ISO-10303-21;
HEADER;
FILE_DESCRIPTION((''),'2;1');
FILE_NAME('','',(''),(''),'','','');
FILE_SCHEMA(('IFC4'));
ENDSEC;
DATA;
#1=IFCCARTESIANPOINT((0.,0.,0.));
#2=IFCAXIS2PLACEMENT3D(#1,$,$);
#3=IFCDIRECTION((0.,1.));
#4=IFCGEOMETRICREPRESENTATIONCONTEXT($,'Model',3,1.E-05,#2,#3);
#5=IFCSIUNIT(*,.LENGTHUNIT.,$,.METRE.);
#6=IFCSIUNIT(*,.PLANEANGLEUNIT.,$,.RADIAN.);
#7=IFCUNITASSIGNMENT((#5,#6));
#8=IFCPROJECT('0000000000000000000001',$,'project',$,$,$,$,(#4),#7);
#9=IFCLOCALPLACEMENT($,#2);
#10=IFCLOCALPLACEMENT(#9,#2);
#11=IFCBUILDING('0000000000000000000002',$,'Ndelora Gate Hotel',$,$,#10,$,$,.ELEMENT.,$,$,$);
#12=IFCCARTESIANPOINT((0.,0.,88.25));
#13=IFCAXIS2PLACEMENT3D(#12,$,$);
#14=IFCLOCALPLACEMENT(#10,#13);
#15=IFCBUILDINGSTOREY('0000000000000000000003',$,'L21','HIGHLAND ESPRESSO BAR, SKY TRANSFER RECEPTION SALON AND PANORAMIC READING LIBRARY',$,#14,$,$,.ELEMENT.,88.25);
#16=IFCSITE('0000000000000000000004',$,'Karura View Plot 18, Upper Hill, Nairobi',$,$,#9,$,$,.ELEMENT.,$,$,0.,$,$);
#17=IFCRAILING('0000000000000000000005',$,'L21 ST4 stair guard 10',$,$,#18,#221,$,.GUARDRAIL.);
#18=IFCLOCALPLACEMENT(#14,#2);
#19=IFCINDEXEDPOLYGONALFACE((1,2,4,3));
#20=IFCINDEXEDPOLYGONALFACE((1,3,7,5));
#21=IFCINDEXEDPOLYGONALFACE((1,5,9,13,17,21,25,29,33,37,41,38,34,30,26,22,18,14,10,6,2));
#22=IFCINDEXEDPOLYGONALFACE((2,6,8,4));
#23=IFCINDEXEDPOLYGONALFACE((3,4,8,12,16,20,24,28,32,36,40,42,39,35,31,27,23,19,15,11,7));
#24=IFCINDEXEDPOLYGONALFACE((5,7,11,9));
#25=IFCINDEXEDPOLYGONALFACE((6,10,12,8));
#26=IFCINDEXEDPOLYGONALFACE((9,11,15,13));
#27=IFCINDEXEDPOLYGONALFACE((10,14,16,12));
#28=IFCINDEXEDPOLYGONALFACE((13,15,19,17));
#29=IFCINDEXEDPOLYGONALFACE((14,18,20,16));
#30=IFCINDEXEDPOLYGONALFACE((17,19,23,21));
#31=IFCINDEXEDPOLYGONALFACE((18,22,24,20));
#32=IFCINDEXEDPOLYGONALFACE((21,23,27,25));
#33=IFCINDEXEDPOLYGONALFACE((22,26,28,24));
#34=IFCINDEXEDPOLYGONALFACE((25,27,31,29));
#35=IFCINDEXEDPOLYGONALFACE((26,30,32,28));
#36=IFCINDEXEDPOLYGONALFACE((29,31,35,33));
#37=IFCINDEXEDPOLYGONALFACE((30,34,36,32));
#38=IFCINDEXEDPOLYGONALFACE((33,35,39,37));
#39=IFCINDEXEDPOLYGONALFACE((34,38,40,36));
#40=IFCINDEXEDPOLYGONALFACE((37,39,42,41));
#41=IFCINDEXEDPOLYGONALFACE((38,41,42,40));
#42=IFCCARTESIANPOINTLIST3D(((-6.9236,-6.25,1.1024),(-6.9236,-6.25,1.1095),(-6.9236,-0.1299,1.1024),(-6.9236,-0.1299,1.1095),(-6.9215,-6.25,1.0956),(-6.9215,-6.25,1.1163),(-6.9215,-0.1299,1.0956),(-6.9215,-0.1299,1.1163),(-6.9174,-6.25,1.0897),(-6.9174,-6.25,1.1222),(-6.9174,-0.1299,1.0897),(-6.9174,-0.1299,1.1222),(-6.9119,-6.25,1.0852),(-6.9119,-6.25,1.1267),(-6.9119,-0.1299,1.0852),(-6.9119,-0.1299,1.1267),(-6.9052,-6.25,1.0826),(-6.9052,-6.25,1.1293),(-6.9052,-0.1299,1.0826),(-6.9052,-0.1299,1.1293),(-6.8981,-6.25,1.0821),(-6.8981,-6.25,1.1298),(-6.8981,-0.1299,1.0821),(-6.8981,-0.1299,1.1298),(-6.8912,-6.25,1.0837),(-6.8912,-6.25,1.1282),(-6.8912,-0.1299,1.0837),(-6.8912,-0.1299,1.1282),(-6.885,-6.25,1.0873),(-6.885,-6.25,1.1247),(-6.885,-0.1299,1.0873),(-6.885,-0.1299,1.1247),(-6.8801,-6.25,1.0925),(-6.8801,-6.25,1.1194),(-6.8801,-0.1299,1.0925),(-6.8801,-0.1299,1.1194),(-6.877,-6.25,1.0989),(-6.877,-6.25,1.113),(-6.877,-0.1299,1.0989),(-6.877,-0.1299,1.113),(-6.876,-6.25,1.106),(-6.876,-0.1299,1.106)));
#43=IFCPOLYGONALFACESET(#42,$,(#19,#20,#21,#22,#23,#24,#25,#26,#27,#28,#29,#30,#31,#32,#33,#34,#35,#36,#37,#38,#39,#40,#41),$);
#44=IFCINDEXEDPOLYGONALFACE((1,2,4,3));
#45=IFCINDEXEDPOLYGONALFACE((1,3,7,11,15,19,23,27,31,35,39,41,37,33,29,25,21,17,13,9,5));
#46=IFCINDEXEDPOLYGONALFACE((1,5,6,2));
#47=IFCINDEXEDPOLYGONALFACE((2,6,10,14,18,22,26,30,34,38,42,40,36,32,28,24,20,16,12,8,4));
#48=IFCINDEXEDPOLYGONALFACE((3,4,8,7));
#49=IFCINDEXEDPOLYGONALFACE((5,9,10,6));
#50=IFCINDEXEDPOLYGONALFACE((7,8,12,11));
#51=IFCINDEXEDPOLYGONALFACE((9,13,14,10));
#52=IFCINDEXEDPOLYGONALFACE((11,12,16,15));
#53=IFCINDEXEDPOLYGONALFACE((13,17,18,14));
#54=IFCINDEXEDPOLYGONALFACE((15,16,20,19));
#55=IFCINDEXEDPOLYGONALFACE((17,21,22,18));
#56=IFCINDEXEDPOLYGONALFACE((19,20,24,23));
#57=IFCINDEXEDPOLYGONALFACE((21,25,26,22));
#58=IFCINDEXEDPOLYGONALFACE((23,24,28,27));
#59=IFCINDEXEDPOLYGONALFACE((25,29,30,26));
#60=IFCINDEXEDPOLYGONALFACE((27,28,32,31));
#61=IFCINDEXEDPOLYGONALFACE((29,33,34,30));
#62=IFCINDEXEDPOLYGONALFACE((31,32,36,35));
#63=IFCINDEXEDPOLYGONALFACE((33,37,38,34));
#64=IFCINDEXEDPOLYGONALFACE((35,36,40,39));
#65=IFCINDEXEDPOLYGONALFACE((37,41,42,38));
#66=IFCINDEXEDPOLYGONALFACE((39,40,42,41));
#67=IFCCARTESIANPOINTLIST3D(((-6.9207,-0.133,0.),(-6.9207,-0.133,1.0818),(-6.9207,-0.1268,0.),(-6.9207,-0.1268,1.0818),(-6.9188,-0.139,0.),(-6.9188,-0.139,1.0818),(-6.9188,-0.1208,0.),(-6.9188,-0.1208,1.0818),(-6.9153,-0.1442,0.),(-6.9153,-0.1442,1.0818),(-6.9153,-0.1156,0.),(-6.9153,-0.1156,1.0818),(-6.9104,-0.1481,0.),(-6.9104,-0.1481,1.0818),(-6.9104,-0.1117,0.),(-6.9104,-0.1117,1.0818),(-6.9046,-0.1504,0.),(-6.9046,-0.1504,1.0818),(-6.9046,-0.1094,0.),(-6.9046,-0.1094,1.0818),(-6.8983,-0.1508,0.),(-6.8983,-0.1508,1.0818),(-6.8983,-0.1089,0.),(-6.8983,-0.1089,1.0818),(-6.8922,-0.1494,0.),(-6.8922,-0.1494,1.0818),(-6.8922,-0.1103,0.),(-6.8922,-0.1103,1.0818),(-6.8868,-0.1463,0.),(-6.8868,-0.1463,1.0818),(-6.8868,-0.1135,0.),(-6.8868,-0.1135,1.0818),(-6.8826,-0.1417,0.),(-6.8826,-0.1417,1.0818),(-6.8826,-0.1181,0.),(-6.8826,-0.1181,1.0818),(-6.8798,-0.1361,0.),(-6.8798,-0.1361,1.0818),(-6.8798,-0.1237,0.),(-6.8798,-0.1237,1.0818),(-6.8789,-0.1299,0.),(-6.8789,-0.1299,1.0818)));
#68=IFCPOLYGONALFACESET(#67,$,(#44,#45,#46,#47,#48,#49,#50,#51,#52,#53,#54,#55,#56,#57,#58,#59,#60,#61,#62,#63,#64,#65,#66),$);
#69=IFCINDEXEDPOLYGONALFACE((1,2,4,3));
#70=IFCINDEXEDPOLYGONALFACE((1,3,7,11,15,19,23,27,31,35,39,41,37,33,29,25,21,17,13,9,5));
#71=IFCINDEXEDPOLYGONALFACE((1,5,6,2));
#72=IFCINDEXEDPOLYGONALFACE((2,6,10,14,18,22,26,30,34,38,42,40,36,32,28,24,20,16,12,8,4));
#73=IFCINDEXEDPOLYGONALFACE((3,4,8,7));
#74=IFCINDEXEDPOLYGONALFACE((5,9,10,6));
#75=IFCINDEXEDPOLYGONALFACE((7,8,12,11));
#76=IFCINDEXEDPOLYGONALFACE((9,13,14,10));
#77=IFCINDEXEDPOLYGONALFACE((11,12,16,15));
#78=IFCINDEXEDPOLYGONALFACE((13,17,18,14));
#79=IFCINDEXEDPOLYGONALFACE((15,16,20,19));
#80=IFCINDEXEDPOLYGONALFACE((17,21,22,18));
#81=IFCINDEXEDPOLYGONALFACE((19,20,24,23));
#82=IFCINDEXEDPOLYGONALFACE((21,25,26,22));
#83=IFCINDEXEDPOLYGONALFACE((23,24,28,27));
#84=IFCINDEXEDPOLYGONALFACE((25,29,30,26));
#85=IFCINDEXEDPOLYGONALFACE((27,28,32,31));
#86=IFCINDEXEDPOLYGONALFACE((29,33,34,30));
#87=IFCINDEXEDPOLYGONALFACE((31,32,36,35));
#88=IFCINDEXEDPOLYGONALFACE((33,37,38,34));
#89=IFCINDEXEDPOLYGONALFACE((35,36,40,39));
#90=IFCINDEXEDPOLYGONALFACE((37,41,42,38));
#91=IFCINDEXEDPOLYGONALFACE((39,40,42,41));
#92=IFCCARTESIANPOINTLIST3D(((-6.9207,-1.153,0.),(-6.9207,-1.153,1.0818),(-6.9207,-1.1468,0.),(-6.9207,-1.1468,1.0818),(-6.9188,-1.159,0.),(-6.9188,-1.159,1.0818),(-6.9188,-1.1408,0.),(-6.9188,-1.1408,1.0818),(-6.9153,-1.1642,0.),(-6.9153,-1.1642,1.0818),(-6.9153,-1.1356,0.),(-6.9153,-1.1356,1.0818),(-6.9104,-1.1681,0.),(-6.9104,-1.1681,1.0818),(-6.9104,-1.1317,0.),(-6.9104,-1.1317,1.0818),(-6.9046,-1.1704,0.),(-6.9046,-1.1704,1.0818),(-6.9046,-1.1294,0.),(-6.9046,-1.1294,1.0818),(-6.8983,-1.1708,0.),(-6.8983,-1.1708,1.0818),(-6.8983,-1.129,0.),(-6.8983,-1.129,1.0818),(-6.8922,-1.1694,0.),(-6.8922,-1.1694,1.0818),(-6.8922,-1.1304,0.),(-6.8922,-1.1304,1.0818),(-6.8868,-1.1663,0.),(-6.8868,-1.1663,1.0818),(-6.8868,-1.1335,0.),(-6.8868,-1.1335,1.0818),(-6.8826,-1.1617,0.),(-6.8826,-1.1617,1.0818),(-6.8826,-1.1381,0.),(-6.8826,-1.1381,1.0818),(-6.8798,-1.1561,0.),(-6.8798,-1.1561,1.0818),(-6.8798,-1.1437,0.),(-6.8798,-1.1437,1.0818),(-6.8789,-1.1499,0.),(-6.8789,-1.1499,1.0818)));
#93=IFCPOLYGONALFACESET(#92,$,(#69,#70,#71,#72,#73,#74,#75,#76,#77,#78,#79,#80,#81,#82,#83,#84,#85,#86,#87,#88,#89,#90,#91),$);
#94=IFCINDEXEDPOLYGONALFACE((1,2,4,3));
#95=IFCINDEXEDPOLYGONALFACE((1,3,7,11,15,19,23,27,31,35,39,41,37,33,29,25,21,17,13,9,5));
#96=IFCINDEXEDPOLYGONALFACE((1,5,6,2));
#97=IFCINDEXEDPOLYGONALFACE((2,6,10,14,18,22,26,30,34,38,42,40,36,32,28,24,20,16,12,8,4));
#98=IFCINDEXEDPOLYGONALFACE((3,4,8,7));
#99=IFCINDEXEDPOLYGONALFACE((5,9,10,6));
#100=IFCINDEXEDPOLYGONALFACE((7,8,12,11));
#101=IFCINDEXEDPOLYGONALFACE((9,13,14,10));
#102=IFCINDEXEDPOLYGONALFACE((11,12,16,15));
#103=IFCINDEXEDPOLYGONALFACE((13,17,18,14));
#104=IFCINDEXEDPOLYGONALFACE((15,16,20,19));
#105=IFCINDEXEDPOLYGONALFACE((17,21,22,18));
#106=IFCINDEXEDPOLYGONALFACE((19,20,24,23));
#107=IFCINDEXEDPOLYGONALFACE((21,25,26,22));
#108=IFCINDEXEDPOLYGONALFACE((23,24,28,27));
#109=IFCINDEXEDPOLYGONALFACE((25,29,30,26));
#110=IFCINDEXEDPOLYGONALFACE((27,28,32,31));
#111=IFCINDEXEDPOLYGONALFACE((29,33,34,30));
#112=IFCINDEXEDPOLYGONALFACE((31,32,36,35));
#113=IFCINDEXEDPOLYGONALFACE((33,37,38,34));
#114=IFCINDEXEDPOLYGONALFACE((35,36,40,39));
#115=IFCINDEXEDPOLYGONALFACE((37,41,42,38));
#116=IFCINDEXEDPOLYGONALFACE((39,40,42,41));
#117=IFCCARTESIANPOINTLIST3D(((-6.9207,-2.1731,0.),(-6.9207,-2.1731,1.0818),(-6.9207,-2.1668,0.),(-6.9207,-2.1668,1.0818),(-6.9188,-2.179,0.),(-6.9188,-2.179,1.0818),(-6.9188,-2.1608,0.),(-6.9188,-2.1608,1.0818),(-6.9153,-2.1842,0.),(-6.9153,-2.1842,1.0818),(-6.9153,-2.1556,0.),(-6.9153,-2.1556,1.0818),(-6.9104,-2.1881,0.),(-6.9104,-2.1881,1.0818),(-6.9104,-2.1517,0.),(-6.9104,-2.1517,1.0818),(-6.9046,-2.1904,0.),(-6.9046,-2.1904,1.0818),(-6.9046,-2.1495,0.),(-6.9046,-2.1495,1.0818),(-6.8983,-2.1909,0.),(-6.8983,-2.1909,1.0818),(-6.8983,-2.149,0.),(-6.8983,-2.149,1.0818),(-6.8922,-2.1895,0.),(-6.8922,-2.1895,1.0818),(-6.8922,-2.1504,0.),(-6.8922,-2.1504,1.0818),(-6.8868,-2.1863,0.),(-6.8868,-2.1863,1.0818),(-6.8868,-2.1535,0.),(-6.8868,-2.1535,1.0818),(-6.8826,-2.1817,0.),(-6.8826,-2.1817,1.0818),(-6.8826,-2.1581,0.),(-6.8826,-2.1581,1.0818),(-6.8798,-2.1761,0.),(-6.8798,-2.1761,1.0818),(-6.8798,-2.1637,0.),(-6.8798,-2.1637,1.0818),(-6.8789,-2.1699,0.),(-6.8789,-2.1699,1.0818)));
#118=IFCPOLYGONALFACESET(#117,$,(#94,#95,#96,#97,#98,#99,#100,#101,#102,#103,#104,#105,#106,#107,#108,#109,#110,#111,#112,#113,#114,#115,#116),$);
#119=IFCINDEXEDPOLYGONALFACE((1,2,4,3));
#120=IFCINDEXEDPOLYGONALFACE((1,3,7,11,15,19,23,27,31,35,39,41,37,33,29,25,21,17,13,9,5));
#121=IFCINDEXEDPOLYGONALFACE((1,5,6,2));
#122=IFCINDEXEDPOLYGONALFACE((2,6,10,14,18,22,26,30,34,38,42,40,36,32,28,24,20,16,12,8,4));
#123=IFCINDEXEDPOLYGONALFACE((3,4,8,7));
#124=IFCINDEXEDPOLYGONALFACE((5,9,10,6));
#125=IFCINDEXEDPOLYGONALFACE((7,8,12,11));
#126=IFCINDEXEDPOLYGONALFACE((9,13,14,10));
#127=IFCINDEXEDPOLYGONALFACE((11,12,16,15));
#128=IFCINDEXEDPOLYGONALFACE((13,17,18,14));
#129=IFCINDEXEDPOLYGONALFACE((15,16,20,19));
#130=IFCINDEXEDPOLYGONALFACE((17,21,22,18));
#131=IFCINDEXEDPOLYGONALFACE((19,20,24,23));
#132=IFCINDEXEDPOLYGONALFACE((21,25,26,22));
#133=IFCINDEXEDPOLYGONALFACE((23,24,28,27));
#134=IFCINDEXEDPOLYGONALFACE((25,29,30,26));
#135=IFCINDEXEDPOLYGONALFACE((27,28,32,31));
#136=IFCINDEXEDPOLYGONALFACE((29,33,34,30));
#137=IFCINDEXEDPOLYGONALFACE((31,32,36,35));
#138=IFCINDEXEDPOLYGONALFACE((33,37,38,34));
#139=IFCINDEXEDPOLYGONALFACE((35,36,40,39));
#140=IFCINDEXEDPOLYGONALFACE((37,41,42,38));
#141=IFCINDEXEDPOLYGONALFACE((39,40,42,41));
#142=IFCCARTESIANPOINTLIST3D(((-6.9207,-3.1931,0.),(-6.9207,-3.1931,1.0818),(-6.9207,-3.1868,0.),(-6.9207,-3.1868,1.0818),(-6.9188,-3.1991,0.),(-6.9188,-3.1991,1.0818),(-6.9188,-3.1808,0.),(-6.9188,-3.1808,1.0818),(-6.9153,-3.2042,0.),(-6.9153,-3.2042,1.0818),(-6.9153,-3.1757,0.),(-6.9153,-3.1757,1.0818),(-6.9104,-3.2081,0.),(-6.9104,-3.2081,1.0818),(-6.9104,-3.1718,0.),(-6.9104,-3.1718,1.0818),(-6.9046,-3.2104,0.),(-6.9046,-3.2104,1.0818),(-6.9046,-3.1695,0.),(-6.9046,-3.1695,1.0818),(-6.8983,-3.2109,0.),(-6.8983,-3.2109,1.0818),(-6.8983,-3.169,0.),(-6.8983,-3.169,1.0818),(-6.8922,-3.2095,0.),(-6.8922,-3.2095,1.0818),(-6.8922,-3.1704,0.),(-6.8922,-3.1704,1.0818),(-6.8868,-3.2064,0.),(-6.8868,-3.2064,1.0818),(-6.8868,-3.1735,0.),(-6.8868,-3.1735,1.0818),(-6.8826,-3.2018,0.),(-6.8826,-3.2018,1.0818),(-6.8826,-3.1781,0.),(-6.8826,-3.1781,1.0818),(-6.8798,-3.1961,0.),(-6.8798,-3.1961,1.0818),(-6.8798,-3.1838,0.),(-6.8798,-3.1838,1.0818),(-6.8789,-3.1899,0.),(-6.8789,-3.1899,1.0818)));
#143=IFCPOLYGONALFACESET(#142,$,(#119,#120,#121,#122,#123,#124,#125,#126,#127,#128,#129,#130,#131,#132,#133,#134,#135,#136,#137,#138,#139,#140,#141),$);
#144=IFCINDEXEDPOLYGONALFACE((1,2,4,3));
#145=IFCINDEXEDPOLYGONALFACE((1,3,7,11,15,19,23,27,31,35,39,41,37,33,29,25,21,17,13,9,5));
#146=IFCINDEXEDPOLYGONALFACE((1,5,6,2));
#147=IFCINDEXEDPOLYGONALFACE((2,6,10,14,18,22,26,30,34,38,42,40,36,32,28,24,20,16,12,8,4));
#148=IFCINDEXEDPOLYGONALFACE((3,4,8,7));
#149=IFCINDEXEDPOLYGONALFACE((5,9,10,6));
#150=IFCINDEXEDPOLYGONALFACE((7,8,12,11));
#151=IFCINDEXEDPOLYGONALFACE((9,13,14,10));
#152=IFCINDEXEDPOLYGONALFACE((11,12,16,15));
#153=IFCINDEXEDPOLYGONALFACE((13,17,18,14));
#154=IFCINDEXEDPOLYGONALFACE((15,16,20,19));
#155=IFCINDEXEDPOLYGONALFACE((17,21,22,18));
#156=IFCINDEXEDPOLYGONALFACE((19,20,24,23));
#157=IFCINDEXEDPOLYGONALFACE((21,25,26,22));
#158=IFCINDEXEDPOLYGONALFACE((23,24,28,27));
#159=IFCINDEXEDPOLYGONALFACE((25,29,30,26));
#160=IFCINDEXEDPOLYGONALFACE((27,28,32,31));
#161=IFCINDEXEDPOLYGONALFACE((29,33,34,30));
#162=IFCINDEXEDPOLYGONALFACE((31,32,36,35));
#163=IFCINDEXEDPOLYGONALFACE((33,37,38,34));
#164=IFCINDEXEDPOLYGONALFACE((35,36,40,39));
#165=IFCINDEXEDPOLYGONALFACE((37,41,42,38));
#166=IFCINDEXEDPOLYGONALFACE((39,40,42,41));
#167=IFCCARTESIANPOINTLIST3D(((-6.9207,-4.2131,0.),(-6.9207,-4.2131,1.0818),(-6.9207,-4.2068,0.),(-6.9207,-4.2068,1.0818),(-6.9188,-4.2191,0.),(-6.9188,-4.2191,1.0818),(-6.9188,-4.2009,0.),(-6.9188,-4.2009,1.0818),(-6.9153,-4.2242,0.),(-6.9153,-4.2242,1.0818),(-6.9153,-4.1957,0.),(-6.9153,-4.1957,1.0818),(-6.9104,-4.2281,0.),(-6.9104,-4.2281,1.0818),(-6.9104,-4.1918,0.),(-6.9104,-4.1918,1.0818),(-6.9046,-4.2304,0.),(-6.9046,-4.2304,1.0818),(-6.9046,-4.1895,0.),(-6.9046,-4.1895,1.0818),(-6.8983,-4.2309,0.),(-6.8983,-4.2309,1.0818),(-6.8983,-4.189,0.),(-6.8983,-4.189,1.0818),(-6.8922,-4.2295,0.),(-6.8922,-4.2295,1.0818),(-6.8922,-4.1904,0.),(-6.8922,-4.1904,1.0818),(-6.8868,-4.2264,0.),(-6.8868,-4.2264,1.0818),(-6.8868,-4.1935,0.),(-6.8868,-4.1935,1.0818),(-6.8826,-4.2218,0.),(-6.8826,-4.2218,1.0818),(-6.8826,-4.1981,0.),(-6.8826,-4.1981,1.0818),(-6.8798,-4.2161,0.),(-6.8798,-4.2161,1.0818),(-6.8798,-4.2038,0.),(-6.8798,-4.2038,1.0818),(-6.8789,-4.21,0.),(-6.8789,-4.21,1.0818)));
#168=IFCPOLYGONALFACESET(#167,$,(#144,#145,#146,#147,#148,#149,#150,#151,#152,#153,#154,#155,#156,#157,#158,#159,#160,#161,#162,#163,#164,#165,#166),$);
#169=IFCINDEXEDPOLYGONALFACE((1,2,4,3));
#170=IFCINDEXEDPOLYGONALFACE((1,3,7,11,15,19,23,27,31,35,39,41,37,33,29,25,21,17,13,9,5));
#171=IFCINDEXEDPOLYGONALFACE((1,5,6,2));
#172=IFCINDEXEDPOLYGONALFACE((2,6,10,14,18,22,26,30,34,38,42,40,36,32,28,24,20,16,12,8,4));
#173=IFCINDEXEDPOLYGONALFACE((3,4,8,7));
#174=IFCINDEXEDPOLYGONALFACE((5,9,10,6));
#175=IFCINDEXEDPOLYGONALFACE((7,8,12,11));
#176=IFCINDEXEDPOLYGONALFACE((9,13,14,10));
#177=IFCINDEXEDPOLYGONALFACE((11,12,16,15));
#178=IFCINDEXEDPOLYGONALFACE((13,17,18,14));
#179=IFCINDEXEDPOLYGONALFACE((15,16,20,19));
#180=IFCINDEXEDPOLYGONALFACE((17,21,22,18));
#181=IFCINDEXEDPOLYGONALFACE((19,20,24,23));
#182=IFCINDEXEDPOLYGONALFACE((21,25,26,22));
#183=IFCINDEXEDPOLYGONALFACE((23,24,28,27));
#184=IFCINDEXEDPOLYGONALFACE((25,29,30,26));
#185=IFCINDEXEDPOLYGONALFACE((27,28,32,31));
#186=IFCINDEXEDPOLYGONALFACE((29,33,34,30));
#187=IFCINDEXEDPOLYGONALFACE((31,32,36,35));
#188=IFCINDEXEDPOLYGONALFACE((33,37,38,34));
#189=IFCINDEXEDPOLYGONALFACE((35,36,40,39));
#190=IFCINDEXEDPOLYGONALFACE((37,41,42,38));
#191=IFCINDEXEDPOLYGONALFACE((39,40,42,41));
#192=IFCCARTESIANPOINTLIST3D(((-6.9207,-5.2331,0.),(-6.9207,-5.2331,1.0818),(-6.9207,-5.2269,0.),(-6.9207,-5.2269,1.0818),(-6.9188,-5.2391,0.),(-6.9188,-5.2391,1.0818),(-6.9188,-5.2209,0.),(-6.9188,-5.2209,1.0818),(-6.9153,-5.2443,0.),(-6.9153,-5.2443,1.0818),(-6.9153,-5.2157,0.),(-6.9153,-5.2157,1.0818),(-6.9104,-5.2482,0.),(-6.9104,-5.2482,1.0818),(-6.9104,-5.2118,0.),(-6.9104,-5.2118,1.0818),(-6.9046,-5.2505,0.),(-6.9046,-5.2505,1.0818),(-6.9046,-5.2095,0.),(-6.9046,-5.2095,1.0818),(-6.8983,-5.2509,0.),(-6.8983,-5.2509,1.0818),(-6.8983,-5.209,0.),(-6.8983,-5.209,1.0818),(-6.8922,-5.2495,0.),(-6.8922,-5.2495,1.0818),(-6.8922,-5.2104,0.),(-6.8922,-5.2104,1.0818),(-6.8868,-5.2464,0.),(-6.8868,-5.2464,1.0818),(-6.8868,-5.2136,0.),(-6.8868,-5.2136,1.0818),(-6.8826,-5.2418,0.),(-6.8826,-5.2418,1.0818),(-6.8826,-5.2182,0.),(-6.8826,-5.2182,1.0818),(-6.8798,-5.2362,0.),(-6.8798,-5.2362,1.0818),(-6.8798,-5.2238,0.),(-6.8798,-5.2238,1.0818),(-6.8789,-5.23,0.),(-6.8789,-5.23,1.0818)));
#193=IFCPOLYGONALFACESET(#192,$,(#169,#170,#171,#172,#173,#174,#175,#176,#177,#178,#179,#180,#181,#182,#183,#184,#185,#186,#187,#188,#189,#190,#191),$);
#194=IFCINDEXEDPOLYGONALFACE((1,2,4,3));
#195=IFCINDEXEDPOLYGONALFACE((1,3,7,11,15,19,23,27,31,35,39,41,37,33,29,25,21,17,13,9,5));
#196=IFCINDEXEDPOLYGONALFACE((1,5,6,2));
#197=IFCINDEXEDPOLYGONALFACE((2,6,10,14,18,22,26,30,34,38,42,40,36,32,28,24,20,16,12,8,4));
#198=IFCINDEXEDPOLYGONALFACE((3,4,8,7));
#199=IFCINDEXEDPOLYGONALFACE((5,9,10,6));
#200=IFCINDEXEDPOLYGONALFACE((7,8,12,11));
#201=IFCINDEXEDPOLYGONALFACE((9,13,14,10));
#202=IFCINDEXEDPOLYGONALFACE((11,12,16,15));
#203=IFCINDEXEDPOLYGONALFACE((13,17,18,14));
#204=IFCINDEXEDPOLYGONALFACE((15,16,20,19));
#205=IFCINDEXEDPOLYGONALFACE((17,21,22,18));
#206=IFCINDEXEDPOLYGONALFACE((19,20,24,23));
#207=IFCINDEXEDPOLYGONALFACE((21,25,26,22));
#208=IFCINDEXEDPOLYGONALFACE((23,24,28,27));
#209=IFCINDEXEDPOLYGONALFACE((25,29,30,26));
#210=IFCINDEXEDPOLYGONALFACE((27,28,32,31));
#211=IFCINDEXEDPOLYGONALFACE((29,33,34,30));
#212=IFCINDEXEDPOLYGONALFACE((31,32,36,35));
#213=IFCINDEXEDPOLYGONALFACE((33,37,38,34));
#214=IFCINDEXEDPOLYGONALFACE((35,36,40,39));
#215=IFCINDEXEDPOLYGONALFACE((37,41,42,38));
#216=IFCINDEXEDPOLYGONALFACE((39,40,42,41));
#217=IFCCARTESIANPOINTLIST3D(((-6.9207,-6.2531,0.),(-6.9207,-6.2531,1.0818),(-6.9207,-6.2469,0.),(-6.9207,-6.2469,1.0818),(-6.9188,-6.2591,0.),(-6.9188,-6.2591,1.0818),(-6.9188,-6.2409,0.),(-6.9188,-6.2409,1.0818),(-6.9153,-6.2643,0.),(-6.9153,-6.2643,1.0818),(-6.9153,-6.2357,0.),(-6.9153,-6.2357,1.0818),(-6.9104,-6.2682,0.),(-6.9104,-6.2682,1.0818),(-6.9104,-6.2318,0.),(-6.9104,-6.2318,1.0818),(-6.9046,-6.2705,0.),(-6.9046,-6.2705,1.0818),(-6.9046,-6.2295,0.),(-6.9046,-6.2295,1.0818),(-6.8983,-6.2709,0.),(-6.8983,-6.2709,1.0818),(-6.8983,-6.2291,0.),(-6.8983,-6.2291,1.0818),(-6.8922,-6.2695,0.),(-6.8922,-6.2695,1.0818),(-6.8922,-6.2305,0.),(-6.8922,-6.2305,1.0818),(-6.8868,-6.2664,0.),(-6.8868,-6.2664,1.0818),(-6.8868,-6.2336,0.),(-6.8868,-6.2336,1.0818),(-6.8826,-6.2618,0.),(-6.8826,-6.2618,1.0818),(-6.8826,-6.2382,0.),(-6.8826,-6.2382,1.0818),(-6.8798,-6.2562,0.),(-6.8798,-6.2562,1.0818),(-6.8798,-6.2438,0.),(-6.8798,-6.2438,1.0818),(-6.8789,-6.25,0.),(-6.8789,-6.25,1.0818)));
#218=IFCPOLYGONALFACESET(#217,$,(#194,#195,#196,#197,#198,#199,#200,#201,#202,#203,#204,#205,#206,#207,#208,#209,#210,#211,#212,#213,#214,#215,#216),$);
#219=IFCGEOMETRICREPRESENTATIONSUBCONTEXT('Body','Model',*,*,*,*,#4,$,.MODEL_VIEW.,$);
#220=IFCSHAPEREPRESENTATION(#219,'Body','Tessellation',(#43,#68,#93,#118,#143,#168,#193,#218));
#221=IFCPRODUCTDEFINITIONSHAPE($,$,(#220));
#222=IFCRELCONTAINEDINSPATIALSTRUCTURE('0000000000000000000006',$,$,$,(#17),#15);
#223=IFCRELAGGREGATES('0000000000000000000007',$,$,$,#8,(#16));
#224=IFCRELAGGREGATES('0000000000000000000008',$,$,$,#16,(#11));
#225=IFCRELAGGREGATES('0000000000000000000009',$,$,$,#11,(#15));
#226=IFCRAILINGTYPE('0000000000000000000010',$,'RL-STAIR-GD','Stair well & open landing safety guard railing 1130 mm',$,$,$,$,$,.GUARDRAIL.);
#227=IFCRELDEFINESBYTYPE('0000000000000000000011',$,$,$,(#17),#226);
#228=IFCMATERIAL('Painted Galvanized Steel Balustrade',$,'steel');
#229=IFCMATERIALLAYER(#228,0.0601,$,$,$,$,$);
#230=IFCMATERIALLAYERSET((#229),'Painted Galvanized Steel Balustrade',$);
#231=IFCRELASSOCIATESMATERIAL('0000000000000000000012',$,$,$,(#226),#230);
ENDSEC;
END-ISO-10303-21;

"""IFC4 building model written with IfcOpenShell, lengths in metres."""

from ifc_helpers import new_model, si_unit, direction, frame, origin, origin_2d, place, context, subcontext, project, spatial, circle, extrude, material, layer, layer_set, type_object, element, save


model = new_model("IFC4")

# Units and contexts
model_context = context("Model", 3, precision=1e-05, world=origin(), true_north=direction((0.0, 1.0)))
body_context = subcontext(model_context, "Body", "Model", "MODEL_VIEW")
ifc_project = project(units=[si_unit("LENGTHUNIT", "METRE"), si_unit("PLANEANGLEUNIT", "RADIAN")], contexts=[model_context])

# Site, building, storey
site_placement = place(None, origin())
site = spatial("IfcSite", under=ifc_project, at=site_placement, Name="Karura View Plot 18, Upper Hill, Nairobi", CompositionType="ELEMENT", RefElevation=0.0)
building_placement = place(site_placement, origin())
building = spatial("IfcBuilding", under=site, at=building_placement, Name="Ndelora Gate Hotel", CompositionType="ELEMENT")
storey_placement = place(building_placement, frame((0.0, 0.0, 88.25)))
storey = spatial("IfcBuildingStorey", under=building, at=storey_placement, Name="L21", Description="HIGHLAND ESPRESSO BAR, SKY TRANSFER RECEPTION SALON AND PANORAMIC READING LIBRARY", CompositionType="ELEMENT", Elevation=88.25)

# Railing
ifc_material_1 = material(Name="Painted Galvanized Steel Balustrade", Category="steel")
ifc_layer_1 = layer(ifc_material_1, 0.0601)
ifc_layer_set_1 = layer_set([ifc_layer_1], Name="Painted Galvanized Steel Balustrade")
railing_type_1 = type_object("IfcRailingType", Name="RL-STAIR-GD", Description="Stair well & open landing safety guard railing 1130 mm", PredefinedType="GUARDRAIL", material=ifc_layer_set_1)
railing_1_placement = place(storey_placement, frame((-6.8999, -0.1299, 0.0)))
element("IfcRailing", 1, at=railing_1_placement, inside=storey, type_object=railing_type_1, Name="L21 ST4 stair guard 10", PredefinedType="GUARDRAIL", context=body_context, shape_type="SweptSolid", body=[
    extrude(circle(Radius=0.0239, at=origin_2d()), frame((0.0, 0.0, 1.106), z_axis=(0.0, -1.0, 0.0), x_axis=(1.0, 0.0, 0.0)), (0.0, 0.0, 1.0), 6.1201),
    extrude(circle(Radius=0.021, at=origin_2d()), origin(), (0.0, 0.0, 1.0), 1.0818),
    extrude(circle(Radius=0.021, at=origin_2d()), frame((0.0, -1.02, 0.0)), (0.0, 0.0, 1.0), 1.0818),
    extrude(circle(Radius=0.021, at=origin_2d()), frame((0.0, -2.04, 0.0)), (0.0, 0.0, 1.0), 1.0818),
    extrude(circle(Radius=0.021, at=origin_2d()), frame((0.0, -3.0601, 0.0)), (0.0, 0.0, 1.0), 1.0818),
    extrude(circle(Radius=0.021, at=origin_2d()), frame((0.0, -4.0801, 0.0)), (0.0, 0.0, 1.0), 1.0818),
    extrude(circle(Radius=0.021, at=origin_2d()), frame((0.0, -5.1001, 0.0)), (0.0, 0.0, 1.0), 1.0818),
    extrude(circle(Radius=0.021, at=origin_2d()), frame((0.0, -6.1201, 0.0)), (0.0, 0.0, 1.0), 1.0818),
])

save(model, "model.ifc")
